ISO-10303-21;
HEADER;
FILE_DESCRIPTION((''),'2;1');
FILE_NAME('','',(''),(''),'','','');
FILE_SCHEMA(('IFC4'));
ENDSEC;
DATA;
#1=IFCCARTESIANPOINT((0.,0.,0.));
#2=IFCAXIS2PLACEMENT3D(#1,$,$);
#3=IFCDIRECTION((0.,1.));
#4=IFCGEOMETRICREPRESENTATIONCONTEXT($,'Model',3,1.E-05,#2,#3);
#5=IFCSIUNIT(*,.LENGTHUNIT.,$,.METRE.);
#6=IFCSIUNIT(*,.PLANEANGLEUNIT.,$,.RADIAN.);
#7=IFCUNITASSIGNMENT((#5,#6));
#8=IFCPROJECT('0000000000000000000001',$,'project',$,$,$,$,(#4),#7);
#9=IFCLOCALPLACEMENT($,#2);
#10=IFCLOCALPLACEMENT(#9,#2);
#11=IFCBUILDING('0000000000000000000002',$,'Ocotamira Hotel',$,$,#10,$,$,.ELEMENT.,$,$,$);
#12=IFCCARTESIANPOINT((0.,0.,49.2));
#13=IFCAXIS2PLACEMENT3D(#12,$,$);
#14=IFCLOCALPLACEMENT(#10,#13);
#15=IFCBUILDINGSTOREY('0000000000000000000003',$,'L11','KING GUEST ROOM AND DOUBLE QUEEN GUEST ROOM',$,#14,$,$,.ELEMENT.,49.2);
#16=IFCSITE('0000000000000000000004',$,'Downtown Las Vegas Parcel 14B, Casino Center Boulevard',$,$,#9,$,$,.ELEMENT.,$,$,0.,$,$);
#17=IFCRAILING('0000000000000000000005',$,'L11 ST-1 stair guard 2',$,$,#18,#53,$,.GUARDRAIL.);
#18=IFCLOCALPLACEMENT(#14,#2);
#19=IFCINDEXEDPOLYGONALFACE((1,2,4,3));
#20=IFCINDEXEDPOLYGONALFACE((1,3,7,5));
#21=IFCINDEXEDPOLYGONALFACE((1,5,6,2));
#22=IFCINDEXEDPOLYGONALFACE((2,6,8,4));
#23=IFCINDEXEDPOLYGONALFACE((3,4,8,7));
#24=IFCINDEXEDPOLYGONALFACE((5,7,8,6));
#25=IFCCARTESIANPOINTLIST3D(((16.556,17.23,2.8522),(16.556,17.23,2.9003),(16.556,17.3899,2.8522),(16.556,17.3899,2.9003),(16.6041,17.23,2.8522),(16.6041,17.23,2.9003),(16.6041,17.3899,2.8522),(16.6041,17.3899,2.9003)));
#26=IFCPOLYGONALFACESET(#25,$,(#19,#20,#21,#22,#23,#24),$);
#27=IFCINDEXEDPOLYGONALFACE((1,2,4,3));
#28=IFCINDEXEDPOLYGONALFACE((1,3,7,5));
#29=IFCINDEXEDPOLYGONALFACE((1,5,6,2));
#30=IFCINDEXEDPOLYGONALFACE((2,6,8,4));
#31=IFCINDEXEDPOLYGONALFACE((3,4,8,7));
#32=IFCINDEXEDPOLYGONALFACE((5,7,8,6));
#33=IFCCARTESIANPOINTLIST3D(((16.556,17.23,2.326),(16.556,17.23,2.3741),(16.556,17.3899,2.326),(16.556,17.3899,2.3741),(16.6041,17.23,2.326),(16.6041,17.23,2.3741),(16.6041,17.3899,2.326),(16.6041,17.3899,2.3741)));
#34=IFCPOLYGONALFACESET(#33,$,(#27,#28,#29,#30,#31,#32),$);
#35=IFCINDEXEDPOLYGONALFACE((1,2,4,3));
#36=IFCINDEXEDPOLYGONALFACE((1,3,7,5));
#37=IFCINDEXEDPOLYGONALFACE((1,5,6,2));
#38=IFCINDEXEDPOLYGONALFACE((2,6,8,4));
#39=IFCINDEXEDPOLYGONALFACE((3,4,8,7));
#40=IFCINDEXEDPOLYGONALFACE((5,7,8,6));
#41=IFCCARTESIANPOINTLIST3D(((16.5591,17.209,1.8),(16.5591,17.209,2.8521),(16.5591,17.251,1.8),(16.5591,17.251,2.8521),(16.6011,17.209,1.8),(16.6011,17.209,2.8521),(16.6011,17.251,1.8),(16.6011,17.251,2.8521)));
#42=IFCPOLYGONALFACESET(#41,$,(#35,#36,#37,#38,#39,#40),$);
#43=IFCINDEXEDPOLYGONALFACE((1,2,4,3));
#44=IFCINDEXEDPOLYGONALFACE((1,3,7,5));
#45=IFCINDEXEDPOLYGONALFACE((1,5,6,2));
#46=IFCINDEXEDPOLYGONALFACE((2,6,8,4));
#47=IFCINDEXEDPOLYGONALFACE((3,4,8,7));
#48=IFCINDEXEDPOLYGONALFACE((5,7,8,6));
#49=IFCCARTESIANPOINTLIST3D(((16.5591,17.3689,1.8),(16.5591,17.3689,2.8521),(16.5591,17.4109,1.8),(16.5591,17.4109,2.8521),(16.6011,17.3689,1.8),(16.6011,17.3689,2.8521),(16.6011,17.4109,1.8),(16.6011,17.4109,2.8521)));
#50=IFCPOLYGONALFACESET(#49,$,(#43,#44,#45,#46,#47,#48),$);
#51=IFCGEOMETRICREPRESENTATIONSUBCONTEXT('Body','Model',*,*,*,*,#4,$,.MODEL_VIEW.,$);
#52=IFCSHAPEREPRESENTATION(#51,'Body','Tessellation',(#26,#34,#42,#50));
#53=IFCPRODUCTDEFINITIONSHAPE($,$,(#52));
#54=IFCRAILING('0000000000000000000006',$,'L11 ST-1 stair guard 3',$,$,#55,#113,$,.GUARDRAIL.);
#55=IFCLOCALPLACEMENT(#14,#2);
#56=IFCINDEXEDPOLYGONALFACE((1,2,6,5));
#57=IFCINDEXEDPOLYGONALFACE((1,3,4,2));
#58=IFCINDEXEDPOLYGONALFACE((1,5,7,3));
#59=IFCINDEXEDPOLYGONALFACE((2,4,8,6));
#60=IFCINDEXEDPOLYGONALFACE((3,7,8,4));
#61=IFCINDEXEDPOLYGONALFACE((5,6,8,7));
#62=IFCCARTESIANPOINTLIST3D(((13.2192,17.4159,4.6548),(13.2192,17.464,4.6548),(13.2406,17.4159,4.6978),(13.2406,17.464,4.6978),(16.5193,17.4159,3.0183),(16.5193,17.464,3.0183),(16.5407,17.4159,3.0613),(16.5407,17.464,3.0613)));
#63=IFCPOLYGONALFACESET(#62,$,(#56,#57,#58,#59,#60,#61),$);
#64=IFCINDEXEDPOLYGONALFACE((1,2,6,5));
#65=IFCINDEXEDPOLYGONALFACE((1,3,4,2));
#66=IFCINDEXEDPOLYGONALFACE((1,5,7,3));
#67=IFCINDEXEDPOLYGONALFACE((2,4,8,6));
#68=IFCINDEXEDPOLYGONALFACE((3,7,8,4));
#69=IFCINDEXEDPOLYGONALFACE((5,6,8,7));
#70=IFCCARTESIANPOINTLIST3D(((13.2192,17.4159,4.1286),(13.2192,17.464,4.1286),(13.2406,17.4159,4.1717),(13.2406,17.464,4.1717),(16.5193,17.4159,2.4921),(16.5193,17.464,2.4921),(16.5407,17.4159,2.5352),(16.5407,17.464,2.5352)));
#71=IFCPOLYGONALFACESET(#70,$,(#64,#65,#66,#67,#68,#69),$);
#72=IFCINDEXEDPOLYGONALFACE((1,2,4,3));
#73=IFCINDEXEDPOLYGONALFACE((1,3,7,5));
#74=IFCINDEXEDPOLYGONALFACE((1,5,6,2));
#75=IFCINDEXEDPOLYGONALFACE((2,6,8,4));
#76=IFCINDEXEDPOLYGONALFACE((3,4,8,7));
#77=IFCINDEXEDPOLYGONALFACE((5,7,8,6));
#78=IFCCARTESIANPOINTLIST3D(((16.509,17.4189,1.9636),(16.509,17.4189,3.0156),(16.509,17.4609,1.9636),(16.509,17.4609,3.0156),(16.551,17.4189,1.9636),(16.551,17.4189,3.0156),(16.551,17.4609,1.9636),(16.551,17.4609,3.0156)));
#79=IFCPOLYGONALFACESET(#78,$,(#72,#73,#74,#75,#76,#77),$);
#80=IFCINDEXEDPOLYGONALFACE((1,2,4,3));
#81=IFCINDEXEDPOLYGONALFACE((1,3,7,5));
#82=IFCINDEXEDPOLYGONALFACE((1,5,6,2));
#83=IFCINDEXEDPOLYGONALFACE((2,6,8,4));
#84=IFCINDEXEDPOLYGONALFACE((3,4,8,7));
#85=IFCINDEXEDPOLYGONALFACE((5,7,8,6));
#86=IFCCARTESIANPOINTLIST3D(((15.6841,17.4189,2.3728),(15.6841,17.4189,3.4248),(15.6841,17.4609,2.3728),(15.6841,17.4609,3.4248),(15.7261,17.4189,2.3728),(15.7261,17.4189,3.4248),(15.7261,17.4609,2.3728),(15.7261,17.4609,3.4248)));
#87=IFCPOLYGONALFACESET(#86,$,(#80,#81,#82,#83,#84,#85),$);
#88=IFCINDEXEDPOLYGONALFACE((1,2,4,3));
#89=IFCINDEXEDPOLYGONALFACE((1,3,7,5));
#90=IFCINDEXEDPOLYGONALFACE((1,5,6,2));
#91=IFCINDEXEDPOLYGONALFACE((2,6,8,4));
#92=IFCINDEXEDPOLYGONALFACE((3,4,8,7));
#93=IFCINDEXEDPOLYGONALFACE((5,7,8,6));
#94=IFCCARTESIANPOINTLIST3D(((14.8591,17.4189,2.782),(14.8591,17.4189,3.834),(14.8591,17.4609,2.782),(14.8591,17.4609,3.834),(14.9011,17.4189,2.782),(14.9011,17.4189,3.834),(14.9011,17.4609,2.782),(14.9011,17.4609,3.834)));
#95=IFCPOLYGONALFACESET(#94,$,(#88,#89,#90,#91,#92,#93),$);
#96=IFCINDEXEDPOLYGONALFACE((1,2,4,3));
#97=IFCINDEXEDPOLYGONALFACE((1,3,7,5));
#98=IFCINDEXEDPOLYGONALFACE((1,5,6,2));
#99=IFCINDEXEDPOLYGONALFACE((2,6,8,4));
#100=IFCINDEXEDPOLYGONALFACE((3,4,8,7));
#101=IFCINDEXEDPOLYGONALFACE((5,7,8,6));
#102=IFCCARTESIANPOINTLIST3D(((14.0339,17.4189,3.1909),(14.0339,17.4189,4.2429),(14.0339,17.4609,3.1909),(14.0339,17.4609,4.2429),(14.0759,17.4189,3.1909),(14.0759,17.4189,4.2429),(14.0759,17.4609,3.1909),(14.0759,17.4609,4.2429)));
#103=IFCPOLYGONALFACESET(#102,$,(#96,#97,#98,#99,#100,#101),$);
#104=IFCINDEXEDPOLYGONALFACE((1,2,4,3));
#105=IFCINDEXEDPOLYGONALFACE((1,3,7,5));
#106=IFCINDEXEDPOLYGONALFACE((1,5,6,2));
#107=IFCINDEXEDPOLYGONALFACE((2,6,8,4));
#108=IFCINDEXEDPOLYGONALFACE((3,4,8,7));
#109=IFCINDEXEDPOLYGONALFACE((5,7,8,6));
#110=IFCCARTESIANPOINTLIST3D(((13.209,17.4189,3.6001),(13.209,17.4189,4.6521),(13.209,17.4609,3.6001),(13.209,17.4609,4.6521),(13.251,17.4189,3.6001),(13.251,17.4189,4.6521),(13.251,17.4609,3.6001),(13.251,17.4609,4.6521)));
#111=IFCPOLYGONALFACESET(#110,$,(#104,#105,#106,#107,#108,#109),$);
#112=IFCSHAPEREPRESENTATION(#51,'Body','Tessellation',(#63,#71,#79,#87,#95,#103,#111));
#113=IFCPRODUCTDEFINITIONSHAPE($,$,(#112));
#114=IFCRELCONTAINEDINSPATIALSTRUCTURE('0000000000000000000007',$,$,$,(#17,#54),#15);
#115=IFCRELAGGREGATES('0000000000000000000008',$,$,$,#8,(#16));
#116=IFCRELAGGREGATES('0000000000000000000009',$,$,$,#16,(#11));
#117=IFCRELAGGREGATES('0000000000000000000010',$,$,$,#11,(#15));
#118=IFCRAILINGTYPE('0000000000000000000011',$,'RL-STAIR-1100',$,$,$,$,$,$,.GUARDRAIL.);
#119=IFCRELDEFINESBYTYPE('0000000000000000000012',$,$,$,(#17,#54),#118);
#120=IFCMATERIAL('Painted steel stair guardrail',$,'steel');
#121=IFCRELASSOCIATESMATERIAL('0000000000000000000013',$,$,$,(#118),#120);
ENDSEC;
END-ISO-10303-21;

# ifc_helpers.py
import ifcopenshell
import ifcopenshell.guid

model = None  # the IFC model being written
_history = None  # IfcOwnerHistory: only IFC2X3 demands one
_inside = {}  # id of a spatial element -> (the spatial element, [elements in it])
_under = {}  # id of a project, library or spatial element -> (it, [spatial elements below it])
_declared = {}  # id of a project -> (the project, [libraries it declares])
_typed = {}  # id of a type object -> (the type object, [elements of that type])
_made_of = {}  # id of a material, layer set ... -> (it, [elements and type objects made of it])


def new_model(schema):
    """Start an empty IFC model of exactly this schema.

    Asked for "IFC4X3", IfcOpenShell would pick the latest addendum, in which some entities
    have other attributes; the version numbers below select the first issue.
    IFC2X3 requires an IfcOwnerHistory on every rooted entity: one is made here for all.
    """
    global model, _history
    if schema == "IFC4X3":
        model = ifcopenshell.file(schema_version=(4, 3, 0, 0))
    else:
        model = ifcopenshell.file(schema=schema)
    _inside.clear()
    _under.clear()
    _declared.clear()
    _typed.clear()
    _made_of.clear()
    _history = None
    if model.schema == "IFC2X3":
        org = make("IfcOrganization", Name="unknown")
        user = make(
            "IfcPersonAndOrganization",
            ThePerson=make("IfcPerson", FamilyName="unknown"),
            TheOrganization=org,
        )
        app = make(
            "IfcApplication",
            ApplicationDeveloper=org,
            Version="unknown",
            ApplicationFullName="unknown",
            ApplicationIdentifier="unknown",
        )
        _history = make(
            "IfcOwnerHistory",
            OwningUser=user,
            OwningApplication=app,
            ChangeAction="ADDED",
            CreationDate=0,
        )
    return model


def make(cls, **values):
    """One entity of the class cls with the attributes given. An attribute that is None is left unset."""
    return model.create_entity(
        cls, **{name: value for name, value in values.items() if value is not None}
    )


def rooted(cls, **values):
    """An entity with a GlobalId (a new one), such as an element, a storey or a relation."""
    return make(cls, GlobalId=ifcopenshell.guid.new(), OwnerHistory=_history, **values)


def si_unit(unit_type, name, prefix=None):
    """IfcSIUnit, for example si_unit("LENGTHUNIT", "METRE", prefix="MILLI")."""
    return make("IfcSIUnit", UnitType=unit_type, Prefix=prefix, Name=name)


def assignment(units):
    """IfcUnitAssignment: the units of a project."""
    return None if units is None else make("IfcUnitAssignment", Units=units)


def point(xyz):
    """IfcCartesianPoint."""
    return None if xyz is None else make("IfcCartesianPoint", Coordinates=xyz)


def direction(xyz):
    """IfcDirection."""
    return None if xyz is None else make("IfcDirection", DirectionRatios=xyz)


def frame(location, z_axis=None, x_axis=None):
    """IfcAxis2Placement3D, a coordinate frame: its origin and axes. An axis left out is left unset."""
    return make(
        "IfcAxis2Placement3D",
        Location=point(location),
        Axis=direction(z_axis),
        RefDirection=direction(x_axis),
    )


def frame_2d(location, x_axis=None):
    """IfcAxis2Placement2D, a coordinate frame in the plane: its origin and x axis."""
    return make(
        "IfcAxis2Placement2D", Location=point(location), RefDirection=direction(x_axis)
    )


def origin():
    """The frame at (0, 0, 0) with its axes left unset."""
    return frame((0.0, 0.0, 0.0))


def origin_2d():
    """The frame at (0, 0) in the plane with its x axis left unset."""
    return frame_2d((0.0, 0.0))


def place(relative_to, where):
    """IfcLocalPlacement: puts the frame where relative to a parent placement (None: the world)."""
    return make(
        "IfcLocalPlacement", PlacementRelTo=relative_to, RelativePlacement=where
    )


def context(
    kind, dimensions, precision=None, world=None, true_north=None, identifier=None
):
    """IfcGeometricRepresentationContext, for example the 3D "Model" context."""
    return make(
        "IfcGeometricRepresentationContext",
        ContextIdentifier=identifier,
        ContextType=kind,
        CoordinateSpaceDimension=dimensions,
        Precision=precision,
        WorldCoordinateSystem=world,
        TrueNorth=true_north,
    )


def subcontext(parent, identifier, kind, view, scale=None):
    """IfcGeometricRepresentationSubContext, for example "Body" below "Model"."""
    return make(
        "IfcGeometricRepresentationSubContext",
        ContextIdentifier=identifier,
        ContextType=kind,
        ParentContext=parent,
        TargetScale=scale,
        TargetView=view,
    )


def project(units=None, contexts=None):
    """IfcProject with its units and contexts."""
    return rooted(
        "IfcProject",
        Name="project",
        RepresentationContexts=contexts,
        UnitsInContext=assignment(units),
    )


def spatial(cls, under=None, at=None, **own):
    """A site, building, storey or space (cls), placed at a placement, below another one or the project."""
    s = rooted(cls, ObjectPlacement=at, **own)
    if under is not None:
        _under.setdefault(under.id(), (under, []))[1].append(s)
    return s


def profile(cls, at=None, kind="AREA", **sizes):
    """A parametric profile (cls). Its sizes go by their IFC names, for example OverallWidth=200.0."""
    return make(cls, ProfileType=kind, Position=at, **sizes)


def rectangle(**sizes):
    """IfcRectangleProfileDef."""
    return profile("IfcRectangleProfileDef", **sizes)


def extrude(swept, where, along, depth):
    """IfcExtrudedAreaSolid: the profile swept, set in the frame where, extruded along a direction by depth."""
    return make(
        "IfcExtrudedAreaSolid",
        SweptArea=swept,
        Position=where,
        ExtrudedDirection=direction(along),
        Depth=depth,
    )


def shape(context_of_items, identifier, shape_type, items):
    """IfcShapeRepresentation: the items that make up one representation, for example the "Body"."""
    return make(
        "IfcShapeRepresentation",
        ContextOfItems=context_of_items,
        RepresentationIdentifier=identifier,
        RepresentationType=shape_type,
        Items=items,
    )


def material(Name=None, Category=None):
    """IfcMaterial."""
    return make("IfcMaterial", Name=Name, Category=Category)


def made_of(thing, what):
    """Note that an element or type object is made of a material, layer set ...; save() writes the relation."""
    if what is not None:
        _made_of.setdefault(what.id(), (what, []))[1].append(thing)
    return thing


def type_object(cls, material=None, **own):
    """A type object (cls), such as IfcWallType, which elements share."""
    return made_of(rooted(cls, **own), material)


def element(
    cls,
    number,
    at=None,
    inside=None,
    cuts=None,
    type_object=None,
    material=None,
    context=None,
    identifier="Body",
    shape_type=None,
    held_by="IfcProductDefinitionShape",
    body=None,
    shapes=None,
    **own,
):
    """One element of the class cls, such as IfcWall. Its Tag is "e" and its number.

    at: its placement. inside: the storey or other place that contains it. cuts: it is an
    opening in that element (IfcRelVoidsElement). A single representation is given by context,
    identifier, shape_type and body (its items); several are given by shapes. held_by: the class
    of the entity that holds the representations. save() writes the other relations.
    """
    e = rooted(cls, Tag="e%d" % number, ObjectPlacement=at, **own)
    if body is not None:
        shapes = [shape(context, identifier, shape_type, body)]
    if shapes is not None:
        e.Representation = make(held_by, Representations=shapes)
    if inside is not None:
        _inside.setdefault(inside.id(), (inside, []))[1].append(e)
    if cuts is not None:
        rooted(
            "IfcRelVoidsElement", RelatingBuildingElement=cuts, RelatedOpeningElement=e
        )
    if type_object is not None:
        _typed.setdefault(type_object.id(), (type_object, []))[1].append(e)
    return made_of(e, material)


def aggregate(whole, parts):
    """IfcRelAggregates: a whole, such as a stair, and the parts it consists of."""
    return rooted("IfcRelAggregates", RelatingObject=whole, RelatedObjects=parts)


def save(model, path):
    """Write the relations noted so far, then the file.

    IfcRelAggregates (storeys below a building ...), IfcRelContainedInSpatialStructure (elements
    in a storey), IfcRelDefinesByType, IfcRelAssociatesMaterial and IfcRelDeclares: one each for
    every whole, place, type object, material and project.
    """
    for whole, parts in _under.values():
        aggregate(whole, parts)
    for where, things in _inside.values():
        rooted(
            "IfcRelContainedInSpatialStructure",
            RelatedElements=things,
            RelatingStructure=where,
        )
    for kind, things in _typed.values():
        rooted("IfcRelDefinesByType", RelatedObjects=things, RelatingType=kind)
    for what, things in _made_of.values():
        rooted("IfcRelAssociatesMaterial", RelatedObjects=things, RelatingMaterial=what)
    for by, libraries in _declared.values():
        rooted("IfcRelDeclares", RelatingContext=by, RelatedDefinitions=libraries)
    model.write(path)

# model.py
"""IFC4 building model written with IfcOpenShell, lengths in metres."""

from ifc_helpers import new_model, si_unit, direction, frame, origin, origin_2d, place, context, subcontext, project, spatial, rectangle, extrude, material, type_object, element, save


model = new_model("IFC4")

# Units and contexts
model_context = context("Model", 3, precision=1e-05, world=origin(), true_north=direction((0.0, 1.0)))
body_context = subcontext(model_context, "Body", "Model", "MODEL_VIEW")
ifc_project = project(units=[si_unit("LENGTHUNIT", "METRE"), si_unit("PLANEANGLEUNIT", "RADIAN")], contexts=[model_context])

# Site, building, storey
site_placement = place(None, origin())
site = spatial("IfcSite", under=ifc_project, at=site_placement, Name="Downtown Las Vegas Parcel 14B, Casino Center Boulevard", CompositionType="ELEMENT", RefElevation=0.0)
building_placement = place(site_placement, origin())
building = spatial("IfcBuilding", under=site, at=building_placement, Name="Ocotamira Hotel", CompositionType="ELEMENT")
storey_placement = place(building_placement, frame((0.0, 0.0, 49.2)))
storey = spatial("IfcBuildingStorey", under=building, at=storey_placement, Name="L11", Description="KING GUEST ROOM AND DOUBLE QUEEN GUEST ROOM", CompositionType="ELEMENT", Elevation=49.2)

# Railings
ifc_material_1 = material(Name="Painted steel stair guardrail", Category="steel")
railing_type_1 = type_object("IfcRailingType", Name="RL-STAIR-1100", PredefinedType="GUARDRAIL", material=ifc_material_1)
railing_1_placement = place(storey_placement, frame((16.5801, 17.23, 1.8)))
element("IfcRailing", 1, at=railing_1_placement, inside=storey, type_object=railing_type_1, Name="L11 ST-1 stair guard 2", PredefinedType="GUARDRAIL", context=body_context, shape_type="SweptSolid", body=[
    extrude(rectangle(XDim=0.0481, YDim=0.0481, at=origin_2d()), frame((0.0, 0.0, 1.0762), z_axis=(0.0, 1.0, 0.0), x_axis=(-1.0, 0.0, 0.0)), (0.0, 0.0, 1.0), 0.1599),
    extrude(rectangle(XDim=0.0481, YDim=0.0481, at=origin_2d()), frame((0.0, 0.0, 0.55), z_axis=(0.0, 1.0, 0.0), x_axis=(-1.0, 0.0, 0.0)), (0.0, 0.0, 1.0), 0.1599),
    extrude(rectangle(XDim=0.042, YDim=0.042, at=origin_2d()), origin(), (0.0, 0.0, 1.0), 1.052),
    extrude(rectangle(XDim=0.042, YDim=0.042, at=origin_2d()), frame((0.0, 0.1599, 0.0)), (0.0, 0.0, 1.0), 1.052),
])
railing_2_placement = place(storey_placement, frame((16.53, 17.4399, 1.9636)))
element("IfcRailing", 2, at=railing_2_placement, inside=storey, type_object=railing_type_1, Name="L11 ST-1 stair guard 3", PredefinedType="GUARDRAIL", context=body_context, shape_type="SweptSolid", body=[
    extrude(rectangle(XDim=0.0481, YDim=0.0481, at=origin_2d()), frame((0.0, 0.0, 1.0762), z_axis=(-0.895894, 0.0, 0.444268), x_axis=(0.0, -1.0, 0.0)), (0.0, 0.0, 1.0), 3.6836),
    extrude(rectangle(XDim=0.0481, YDim=0.0481, at=origin_2d()), frame((0.0, 0.0, 0.55), z_axis=(-0.895894, 0.0, 0.444268), x_axis=(0.0, -1.0, 0.0)), (0.0, 0.0, 1.0), 3.6836),
    extrude(rectangle(XDim=0.042, YDim=0.042, at=origin_2d()), origin(), (0.0, 0.0, 1.0), 1.052),
    extrude(rectangle(XDim=0.042, YDim=0.042, at=origin_2d()), frame((-0.825, 0.0, 0.4092)), (0.0, 0.0, 1.0), 1.052),
    extrude(rectangle(XDim=0.042, YDim=0.042, at=origin_2d()), frame((-1.6499, 0.0, 0.8184)), (0.0, 0.0, 1.0), 1.052),
    extrude(rectangle(XDim=0.042, YDim=0.042, at=origin_2d()), frame((-2.4751, 0.0, 1.2273)), (0.0, 0.0, 1.0), 1.052),
    extrude(rectangle(XDim=0.042, YDim=0.042, at=origin_2d()), frame((-3.3, 0.0, 1.6365)), (0.0, 0.0, 1.0), 1.052),
])

save(model, "model.ifc")
